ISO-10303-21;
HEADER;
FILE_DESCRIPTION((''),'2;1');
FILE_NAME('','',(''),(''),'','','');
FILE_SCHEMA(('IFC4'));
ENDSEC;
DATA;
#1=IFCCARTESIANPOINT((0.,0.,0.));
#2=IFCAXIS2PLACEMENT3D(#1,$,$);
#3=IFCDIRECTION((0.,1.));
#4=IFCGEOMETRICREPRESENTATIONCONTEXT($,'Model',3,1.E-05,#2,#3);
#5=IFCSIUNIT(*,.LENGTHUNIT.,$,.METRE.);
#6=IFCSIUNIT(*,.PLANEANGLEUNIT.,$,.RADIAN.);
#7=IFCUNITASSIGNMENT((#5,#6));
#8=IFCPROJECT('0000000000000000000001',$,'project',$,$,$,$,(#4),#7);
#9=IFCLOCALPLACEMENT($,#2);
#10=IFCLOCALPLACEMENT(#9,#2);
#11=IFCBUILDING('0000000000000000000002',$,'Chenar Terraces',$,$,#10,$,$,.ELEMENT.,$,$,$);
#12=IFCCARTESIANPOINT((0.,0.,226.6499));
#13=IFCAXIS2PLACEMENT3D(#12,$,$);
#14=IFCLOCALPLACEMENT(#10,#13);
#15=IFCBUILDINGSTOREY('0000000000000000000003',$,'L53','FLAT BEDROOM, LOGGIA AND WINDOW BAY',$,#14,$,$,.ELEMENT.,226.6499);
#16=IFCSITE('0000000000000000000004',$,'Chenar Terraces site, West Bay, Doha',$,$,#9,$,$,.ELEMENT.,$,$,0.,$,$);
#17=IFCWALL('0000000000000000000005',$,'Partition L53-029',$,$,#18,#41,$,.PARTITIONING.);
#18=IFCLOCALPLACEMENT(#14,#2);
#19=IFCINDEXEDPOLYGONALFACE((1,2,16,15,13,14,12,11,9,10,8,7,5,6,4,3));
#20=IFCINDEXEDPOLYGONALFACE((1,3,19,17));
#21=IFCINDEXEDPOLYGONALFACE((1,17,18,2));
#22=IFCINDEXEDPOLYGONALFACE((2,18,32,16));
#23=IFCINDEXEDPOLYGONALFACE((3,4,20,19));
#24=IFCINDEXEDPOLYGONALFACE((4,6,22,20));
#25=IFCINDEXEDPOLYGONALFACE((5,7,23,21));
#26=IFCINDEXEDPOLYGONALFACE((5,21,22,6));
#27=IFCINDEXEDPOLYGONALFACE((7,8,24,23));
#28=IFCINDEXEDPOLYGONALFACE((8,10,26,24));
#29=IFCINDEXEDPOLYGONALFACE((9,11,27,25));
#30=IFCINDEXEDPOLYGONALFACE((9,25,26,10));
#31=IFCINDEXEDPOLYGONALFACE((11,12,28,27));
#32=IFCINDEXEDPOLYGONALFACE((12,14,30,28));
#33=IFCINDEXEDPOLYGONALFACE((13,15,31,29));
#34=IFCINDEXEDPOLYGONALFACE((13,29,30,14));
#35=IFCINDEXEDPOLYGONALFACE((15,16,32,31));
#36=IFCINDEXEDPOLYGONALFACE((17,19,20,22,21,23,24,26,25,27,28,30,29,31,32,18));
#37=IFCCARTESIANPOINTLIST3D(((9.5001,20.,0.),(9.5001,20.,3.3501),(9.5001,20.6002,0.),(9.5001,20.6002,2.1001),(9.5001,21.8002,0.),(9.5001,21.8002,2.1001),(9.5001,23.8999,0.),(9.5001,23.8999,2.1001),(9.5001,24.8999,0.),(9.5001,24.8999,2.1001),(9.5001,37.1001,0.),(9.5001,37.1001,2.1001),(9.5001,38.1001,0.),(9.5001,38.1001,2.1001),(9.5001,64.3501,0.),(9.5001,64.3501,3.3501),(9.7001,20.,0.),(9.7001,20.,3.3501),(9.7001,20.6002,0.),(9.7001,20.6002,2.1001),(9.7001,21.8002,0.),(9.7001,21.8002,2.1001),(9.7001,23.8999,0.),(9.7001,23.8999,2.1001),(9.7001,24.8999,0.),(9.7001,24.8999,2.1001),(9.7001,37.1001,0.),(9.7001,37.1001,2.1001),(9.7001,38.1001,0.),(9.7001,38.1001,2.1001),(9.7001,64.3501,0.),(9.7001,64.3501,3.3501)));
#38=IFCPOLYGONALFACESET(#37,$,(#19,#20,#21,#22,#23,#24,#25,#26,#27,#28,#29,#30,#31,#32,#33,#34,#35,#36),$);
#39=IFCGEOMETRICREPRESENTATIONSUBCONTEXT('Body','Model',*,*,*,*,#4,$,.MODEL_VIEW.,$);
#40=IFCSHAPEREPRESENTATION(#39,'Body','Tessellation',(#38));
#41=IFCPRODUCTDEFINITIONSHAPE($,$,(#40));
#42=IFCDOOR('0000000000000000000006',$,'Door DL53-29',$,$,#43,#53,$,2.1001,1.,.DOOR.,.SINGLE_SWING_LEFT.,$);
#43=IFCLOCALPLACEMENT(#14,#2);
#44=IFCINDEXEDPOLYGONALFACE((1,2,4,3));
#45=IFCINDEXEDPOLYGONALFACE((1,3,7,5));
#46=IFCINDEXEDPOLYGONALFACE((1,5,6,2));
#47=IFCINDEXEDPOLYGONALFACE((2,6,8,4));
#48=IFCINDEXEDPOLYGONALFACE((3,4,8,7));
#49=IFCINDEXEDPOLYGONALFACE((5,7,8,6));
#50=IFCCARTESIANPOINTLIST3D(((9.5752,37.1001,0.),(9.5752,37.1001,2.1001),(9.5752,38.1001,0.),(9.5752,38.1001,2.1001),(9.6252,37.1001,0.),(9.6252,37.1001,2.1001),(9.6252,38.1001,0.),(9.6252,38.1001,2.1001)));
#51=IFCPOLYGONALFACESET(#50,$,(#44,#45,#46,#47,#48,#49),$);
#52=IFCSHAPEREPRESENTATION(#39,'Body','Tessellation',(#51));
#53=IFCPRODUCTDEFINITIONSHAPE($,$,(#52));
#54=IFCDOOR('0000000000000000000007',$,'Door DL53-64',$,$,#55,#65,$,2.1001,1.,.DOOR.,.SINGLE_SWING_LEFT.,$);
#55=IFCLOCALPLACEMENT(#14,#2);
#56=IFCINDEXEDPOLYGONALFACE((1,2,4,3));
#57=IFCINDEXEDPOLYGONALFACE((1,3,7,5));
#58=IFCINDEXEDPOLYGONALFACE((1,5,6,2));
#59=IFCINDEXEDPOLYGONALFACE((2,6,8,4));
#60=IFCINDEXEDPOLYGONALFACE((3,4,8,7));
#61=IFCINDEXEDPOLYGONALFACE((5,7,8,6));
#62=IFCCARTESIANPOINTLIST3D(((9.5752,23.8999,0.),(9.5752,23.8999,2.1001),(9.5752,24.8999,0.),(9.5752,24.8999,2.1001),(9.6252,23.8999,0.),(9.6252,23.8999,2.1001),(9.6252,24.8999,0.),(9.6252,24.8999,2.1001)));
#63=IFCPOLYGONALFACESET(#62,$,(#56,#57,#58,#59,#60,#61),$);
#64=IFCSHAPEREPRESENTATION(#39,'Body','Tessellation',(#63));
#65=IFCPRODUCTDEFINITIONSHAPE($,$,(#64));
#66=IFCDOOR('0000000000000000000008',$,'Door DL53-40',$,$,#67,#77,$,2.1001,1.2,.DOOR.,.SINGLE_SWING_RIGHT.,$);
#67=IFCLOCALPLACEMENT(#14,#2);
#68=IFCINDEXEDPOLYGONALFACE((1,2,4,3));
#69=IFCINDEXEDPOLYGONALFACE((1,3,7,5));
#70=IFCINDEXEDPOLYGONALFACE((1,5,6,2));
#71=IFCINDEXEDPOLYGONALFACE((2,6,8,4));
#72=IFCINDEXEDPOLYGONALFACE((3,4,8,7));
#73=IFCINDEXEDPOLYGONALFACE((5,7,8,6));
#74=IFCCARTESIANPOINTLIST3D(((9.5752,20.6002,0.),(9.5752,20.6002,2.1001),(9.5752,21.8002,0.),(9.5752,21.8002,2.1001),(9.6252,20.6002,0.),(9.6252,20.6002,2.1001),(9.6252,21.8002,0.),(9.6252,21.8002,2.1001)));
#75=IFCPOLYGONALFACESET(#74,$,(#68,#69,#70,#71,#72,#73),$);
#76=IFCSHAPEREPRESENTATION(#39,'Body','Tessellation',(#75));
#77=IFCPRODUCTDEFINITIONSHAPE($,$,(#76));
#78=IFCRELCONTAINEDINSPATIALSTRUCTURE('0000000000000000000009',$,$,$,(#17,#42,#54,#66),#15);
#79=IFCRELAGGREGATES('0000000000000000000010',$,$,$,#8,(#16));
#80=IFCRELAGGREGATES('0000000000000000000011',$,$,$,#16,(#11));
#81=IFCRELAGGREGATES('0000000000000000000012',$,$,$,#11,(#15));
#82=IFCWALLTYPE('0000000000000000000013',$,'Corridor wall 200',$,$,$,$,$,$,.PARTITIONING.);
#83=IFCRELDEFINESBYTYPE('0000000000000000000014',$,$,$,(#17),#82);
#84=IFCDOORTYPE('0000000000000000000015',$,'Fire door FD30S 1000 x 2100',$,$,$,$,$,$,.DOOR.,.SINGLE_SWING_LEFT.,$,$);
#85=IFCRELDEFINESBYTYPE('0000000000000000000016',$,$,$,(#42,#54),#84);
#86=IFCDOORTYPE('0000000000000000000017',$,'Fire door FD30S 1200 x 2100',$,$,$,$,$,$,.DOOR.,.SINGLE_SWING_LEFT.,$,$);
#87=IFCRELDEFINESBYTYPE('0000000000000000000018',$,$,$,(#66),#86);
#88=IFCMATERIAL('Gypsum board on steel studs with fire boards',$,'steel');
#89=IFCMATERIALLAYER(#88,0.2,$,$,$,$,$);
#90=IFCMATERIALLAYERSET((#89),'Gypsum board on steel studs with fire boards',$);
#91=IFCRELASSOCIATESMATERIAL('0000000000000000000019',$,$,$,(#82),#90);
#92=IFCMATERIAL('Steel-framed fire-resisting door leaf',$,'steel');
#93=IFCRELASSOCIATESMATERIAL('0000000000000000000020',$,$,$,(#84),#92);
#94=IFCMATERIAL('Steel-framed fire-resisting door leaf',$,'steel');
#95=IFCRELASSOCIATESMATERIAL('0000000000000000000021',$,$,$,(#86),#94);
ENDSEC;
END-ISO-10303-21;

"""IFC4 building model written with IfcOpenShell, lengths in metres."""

from ifc_helpers import new_model, si_unit, direction, frame, frame_2d, origin, place, context, subcontext, project, spatial, rectangle, extrude, material, layer, layer_set, type_object, element, fill, save


model = new_model("IFC4")

# Units and contexts
model_context = context("Model", 3, precision=1e-05, world=origin(), true_north=direction((0.0, 1.0)))
body_context = subcontext(model_context, "Body", "Model", "MODEL_VIEW")
ifc_project = project(units=[si_unit("LENGTHUNIT", "METRE"), si_unit("PLANEANGLEUNIT", "RADIAN")], contexts=[model_context])

# Site, building, storey
site_placement = place(None, origin())
site = spatial("IfcSite", under=ifc_project, at=site_placement, Name="Chenar Terraces site, West Bay, Doha", CompositionType="ELEMENT", RefElevation=0.0)
building_placement = place(site_placement, origin())
building = spatial("IfcBuilding", under=site, at=building_placement, Name="Chenar Terraces", CompositionType="ELEMENT")
storey_placement = place(building_placement, frame((0.0, 0.0, 226.6499)))
storey = spatial("IfcBuildingStorey", under=building, at=storey_placement, Name="L53", Description="FLAT BEDROOM, LOGGIA AND WINDOW BAY", CompositionType="ELEMENT", Elevation=226.6499)

# Wall, openings, doors
ifc_material_1 = material(Name="Gypsum board on steel studs with fire boards", Category="steel")
ifc_layer_1 = layer(ifc_material_1, 0.2)
ifc_layer_set_1 = layer_set([ifc_layer_1], Name="Gypsum board on steel studs with fire boards")
wall_type_1 = type_object("IfcWallType", Name="Corridor wall 200", PredefinedType="PARTITIONING", material=ifc_layer_set_1)
wall_1_placement = place(storey_placement, frame((9.6001, 20.0, 0.0), z_axis=(0.0, 0.0, 1.0), x_axis=(0.0, 1.0, 0.0)))
wall_1 = element("IfcWall", 1, at=wall_1_placement, inside=storey, type_object=wall_type_1, Name="Partition L53-029", PredefinedType="PARTITIONING", context=body_context, shape_type="SweptSolid", body=[
    extrude(rectangle(XDim=44.3501, YDim=0.2, at=frame_2d((22.175, 0.0))), origin(), (0.0, 0.0, 1.0), 3.3501),
])
opening_1_placement = place(wall_1_placement, frame((17.1001, 0.0, 0.0)))
opening_1 = element("IfcOpeningElement", 2, at=opening_1_placement, cuts=wall_1, PredefinedType="OPENING", context=body_context, shape_type="SweptSolid", body=[
    extrude(rectangle(XDim=1.0, YDim=2.1001, at=frame_2d((0.5, 1.05))), frame((0.0, 0.1099, 0.0), z_axis=(0.0, -1.0, 0.0), x_axis=(1.0, 0.0, 0.0)), (0.0, 0.0, 1.0), 0.22),
])
opening_2_placement = place(wall_1_placement, frame((0.6001, 0.0, 0.0)))
opening_2 = element("IfcOpeningElement", 3, at=opening_2_placement, cuts=wall_1, PredefinedType="OPENING", context=body_context, shape_type="SweptSolid", body=[
    extrude(rectangle(XDim=1.2, YDim=2.1001, at=frame_2d((0.6001, 1.05))), frame((0.0, 0.1099, 0.0), z_axis=(0.0, -1.0, 0.0), x_axis=(1.0, 0.0, 0.0)), (0.0, 0.0, 1.0), 0.22),
])
opening_3_placement = place(wall_1_placement, frame((3.8999, 0.0, 0.0)))
opening_3 = element("IfcOpeningElement", 4, at=opening_3_placement, cuts=wall_1, PredefinedType="OPENING", context=body_context, shape_type="SweptSolid", body=[
    extrude(rectangle(XDim=1.0, YDim=2.1001, at=frame_2d((0.5, 1.05))), frame((0.0, 0.1099, 0.0), z_axis=(0.0, -1.0, 0.0), x_axis=(1.0, 0.0, 0.0)), (0.0, 0.0, 1.0), 0.22),
])
ifc_material_2 = material(Name="Steel-framed fire-resisting door leaf", Category="steel")
door_type_1 = type_object("IfcDoorType", Name="Fire door FD30S 1000 x 2100", OperationType="SINGLE_SWING_LEFT", PredefinedType="DOOR", material=ifc_material_2)
door_1_placement = place(opening_1_placement, origin())
door_1 = element("IfcDoor", 5, at=door_1_placement, inside=storey, type_object=door_type_1, Name="Door DL53-29", OperationType="SINGLE_SWING_LEFT", OverallHeight=2.1001, OverallWidth=1.0, PredefinedType="DOOR", context=body_context, shape_type="SweptSolid", body=[
    extrude(rectangle(XDim=1.0, YDim=2.1001, at=frame_2d((0.5, 1.05))), frame((0.0, 0.0249, 0.0), z_axis=(0.0, -1.0, 0.0), x_axis=(1.0, 0.0, 0.0)), (0.0, 0.0, 1.0), 0.05),
])
fill(opening_1, door_1)
door_2_placement = place(opening_3_placement, origin())
door_2 = element("IfcDoor", 6, at=door_2_placement, inside=storey, type_object=door_type_1, Name="Door DL53-64", OperationType="SINGLE_SWING_LEFT", OverallHeight=2.1001, OverallWidth=1.0, PredefinedType="DOOR", context=body_context, shape_type="SweptSolid", body=[
    extrude(rectangle(XDim=1.0, YDim=2.1001, at=frame_2d((0.5, 1.05))), frame((0.0, 0.0249, 0.0), z_axis=(0.0, -1.0, 0.0), x_axis=(1.0, 0.0, 0.0)), (0.0, 0.0, 1.0), 0.05),
])
fill(opening_3, door_2)
ifc_material_3 = material(Name="Steel-framed fire-resisting door leaf", Category="steel")
door_type_2 = type_object("IfcDoorType", Name="Fire door FD30S 1200 x 2100", OperationType="SINGLE_SWING_LEFT", PredefinedType="DOOR", material=ifc_material_3)
door_3_placement = place(opening_2_placement, origin())
door_3 = element("IfcDoor", 7, at=door_3_placement, inside=storey, type_object=door_type_2, Name="Door DL53-40", OperationType="SINGLE_SWING_RIGHT", OverallHeight=2.1001, OverallWidth=1.2, PredefinedType="DOOR", context=body_context, shape_type="SweptSolid", body=[
    extrude(rectangle(XDim=1.2, YDim=2.1001, at=frame_2d((0.6001, 1.05))), frame((0.0, 0.0249, 0.0), z_axis=(0.0, -1.0, 0.0), x_axis=(1.0, 0.0, 0.0)), (0.0, 0.0, 1.0), 0.05),
])
fill(opening_2, door_3)

save(model, "model.ifc")
